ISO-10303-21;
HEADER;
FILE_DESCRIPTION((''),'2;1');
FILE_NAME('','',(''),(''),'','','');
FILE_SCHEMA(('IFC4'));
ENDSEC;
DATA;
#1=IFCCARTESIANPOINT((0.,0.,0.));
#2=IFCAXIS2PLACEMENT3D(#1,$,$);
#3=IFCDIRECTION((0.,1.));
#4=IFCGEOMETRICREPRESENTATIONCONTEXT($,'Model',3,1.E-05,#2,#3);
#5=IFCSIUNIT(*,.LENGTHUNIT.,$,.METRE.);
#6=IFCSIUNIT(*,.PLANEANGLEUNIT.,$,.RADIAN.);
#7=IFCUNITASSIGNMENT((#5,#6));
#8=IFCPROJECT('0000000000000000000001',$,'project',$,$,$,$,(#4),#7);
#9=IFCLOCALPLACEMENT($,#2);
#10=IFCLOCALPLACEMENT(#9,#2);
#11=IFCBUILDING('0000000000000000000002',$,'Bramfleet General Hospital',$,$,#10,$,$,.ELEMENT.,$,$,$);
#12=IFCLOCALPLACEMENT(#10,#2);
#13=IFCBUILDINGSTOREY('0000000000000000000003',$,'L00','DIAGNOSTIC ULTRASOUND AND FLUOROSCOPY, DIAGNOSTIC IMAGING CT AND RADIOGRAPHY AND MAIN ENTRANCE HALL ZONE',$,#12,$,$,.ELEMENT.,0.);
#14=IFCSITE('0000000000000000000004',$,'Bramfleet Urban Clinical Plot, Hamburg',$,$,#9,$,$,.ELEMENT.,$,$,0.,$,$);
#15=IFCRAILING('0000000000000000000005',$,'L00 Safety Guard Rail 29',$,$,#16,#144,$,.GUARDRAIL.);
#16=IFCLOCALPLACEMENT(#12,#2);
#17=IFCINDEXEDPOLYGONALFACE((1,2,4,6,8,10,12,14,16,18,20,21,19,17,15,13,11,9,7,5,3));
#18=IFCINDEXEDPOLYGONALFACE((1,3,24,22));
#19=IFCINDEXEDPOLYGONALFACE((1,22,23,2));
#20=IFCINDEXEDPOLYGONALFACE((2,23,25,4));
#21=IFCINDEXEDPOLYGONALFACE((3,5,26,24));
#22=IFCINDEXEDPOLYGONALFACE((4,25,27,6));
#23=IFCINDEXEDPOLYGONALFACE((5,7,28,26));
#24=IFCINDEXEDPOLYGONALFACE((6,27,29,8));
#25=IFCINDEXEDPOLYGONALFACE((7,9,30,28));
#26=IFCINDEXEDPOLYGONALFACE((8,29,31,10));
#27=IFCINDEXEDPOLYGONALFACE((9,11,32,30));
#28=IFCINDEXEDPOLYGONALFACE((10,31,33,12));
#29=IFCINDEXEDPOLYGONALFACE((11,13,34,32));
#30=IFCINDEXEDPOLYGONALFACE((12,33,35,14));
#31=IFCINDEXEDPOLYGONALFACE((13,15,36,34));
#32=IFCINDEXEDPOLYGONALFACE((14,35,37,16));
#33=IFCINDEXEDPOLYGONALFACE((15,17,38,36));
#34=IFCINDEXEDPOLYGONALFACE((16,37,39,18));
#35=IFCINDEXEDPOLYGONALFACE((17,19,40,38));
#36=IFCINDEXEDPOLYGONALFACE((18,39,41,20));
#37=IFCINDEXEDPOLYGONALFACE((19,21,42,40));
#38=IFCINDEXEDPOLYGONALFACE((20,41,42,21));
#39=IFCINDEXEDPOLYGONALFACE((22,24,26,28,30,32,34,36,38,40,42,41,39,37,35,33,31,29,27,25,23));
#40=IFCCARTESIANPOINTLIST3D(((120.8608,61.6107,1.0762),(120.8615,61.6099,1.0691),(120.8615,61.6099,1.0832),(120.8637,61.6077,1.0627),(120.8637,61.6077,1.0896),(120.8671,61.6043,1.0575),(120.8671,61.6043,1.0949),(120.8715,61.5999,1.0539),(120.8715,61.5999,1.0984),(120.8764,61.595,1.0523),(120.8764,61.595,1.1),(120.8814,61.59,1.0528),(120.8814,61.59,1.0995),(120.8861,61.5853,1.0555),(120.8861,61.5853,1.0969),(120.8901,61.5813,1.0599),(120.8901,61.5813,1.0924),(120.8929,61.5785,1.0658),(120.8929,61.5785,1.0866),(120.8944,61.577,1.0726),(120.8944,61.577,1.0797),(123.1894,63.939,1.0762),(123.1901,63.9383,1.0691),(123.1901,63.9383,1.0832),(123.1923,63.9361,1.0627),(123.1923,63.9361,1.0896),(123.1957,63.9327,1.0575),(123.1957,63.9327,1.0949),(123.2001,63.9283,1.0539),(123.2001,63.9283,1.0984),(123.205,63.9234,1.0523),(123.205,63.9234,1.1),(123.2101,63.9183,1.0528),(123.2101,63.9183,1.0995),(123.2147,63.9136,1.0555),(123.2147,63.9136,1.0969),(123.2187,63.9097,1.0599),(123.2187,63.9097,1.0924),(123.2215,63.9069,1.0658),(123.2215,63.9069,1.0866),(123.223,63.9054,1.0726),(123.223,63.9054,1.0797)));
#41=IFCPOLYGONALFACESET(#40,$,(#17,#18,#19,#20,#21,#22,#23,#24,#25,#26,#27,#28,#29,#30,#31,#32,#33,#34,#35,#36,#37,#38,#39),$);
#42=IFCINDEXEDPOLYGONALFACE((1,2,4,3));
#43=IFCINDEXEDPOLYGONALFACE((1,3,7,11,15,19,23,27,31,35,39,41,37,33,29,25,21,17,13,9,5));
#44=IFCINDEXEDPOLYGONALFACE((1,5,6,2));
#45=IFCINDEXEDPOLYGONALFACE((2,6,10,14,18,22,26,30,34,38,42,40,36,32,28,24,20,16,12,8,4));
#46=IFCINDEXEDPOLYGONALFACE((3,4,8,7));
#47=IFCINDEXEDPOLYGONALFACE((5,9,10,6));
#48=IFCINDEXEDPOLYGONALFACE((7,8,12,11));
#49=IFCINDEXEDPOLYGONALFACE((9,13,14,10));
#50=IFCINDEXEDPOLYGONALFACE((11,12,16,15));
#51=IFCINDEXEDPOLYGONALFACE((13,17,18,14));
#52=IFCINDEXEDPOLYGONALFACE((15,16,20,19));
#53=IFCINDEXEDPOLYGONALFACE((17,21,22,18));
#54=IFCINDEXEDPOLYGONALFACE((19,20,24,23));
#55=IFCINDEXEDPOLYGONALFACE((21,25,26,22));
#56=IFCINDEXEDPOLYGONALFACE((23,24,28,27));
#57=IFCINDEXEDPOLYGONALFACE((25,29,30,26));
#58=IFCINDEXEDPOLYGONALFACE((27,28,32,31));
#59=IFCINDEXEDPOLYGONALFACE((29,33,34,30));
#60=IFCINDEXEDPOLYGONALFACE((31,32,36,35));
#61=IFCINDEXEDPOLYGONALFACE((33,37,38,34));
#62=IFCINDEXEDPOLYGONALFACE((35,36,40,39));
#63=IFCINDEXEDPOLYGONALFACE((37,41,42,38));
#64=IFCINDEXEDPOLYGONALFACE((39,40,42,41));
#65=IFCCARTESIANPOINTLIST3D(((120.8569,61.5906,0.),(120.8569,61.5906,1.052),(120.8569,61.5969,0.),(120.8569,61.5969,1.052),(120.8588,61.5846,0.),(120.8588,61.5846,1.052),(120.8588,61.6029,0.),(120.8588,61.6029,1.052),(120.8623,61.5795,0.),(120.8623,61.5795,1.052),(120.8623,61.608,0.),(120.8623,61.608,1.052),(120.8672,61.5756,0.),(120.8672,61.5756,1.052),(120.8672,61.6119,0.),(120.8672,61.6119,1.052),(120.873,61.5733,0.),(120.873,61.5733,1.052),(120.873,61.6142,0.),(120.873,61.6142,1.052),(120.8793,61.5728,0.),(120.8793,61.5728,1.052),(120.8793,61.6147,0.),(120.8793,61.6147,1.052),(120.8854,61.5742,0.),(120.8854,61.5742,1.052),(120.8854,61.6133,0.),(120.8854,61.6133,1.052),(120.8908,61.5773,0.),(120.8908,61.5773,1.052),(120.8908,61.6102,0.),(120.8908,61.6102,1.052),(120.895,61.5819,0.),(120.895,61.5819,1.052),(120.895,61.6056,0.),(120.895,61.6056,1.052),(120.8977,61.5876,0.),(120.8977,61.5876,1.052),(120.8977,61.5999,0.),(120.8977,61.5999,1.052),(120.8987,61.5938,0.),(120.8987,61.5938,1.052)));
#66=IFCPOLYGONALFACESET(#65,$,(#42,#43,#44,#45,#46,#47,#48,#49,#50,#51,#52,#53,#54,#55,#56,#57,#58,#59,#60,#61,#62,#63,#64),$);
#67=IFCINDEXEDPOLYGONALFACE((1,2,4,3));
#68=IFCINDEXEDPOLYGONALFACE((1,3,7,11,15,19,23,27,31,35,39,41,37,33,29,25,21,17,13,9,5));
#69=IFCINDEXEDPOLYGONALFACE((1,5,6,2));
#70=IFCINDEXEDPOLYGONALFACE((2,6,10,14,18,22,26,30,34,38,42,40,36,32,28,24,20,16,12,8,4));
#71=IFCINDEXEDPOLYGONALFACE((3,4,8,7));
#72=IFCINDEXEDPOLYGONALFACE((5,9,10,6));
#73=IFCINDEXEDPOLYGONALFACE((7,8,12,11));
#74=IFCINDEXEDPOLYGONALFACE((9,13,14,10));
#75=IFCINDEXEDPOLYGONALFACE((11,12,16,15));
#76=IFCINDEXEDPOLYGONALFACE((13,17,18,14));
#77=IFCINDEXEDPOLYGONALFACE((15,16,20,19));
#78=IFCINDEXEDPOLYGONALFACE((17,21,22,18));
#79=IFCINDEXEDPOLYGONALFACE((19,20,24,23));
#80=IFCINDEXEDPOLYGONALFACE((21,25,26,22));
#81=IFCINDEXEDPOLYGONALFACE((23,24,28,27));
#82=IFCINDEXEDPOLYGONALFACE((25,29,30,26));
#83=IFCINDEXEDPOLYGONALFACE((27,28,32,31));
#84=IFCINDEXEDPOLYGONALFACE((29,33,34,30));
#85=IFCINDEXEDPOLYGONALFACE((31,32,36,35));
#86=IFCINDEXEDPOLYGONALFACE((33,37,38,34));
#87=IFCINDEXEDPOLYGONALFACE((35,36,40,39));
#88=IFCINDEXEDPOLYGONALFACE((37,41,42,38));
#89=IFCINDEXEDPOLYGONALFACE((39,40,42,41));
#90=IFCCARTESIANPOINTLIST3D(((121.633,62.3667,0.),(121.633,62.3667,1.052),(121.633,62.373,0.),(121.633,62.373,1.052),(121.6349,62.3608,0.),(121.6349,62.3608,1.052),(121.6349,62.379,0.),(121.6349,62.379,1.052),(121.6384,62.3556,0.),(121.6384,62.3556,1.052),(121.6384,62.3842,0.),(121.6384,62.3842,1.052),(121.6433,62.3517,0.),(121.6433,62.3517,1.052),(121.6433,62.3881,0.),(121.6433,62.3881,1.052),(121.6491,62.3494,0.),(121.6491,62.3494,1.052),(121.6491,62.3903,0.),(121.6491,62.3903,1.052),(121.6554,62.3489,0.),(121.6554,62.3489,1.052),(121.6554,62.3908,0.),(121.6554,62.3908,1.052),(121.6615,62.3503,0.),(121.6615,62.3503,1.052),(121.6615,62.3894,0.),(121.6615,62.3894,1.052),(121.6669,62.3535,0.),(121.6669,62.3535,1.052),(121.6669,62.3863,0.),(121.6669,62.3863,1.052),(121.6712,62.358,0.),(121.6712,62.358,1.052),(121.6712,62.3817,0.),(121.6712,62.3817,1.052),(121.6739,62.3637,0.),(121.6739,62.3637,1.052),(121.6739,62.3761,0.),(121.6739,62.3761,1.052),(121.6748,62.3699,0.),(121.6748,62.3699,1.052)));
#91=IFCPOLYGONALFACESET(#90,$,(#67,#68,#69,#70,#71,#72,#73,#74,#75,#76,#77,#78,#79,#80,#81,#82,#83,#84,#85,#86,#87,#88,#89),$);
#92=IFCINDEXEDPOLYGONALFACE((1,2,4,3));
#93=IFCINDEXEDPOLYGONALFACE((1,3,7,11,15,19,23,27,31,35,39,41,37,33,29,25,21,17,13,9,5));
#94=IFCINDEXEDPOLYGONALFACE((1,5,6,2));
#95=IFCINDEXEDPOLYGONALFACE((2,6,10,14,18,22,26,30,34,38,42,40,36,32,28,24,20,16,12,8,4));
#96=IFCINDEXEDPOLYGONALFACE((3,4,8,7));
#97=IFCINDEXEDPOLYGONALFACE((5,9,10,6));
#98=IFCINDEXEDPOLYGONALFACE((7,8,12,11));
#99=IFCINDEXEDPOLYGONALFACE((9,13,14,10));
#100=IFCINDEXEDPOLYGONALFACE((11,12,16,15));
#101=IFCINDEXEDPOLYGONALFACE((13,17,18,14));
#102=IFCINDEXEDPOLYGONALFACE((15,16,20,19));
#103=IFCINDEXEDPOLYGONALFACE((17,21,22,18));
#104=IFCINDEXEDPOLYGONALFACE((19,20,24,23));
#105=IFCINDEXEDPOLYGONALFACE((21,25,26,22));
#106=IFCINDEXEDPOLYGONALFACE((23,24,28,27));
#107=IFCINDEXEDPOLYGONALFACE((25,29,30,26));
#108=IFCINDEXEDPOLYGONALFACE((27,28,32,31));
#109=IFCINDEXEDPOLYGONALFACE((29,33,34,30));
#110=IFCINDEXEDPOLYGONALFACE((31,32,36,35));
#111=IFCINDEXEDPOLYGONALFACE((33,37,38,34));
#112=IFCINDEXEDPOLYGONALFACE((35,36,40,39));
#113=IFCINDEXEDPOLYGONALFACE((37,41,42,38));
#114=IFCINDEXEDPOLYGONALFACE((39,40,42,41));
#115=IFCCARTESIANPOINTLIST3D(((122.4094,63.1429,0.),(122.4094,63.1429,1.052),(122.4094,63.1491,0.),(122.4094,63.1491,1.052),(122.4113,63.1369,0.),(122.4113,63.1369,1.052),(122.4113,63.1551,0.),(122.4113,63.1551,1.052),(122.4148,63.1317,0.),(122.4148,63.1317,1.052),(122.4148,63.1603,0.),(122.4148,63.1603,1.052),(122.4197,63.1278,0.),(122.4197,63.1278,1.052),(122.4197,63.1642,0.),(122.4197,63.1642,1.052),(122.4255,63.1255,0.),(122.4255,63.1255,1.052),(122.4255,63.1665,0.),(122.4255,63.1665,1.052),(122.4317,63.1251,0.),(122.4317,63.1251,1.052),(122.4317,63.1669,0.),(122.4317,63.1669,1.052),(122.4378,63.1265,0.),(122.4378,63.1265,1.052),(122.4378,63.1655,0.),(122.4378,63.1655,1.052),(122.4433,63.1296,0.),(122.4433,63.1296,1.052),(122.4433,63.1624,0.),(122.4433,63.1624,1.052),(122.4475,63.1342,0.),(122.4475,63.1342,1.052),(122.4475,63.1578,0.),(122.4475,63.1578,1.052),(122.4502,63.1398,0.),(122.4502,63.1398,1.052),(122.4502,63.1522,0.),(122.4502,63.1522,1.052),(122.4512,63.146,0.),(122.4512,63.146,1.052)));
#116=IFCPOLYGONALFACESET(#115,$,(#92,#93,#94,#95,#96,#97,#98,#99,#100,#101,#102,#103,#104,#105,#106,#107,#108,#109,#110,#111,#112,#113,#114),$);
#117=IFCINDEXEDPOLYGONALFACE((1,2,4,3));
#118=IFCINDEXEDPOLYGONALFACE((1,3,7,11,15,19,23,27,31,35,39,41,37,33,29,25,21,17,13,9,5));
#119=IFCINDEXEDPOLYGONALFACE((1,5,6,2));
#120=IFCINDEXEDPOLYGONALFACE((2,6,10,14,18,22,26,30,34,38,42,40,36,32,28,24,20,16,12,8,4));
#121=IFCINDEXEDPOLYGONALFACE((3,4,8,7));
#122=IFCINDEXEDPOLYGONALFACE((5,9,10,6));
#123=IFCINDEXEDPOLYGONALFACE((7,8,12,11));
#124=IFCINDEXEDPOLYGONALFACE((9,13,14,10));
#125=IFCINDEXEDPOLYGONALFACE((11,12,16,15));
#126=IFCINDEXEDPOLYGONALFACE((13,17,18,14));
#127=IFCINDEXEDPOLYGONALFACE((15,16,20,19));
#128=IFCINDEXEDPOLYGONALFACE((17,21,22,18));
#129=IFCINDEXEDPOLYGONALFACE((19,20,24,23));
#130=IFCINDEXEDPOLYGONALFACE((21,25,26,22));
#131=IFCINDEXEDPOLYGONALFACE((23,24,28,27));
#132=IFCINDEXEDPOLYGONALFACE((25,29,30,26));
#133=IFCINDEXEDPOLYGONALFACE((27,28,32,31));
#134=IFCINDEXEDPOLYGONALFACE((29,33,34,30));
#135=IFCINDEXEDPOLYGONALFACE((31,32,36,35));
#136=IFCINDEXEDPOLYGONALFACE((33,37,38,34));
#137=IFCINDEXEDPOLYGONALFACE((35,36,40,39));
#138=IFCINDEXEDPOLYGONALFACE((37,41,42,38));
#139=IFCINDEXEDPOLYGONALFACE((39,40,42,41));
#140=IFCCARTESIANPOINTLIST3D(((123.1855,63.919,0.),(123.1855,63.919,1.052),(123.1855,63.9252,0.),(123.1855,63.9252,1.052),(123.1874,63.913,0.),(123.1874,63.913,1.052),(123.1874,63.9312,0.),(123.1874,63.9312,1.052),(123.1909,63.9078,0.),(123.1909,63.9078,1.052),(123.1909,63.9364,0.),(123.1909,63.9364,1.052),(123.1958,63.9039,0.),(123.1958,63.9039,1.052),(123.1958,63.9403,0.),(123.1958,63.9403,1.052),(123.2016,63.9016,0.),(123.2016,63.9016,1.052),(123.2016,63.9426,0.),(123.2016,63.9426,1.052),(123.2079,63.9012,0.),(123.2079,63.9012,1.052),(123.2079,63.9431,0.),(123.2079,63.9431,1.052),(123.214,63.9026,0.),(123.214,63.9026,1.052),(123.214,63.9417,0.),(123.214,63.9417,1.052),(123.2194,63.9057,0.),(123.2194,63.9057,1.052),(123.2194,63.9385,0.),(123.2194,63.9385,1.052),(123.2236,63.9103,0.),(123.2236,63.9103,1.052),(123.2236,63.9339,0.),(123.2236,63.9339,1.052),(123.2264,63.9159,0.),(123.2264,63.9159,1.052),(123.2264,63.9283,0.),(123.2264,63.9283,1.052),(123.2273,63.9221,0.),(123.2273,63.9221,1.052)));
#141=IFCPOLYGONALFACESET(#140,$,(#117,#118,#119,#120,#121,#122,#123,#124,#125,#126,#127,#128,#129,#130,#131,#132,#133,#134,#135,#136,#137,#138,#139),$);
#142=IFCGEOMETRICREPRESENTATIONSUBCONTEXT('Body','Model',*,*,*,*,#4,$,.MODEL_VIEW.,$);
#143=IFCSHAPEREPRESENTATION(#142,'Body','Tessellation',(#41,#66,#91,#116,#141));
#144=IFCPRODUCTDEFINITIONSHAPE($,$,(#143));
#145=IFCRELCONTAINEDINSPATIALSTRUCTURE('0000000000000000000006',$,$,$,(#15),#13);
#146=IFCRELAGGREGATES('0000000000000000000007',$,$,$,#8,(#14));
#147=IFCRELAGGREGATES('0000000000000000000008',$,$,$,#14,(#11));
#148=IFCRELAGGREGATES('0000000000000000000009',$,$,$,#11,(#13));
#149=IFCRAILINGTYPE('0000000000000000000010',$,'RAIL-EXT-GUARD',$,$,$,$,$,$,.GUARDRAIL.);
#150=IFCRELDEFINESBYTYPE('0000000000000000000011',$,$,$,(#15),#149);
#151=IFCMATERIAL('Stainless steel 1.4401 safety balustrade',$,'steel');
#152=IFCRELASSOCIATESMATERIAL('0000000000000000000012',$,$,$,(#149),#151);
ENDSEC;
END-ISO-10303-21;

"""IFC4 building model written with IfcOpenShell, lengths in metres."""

from ifc_helpers import new_model, si_unit, direction, frame, origin, origin_2d, place, context, subcontext, project, spatial, circle, extrude, material, type_object, element, save


model = new_model("IFC4")

# Units and contexts
model_context = context("Model", 3, precision=1e-05, world=origin(), true_north=direction((0.0, 1.0)))
body_context = subcontext(model_context, "Body", "Model", "MODEL_VIEW")
ifc_project = project(units=[si_unit("LENGTHUNIT", "METRE"), si_unit("PLANEANGLEUNIT", "RADIAN")], contexts=[model_context])

# Site, building, storey
site_placement = place(None, origin())
site = spatial("IfcSite", under=ifc_project, at=site_placement, Name="Bramfleet Urban Clinical Plot, Hamburg", CompositionType="ELEMENT", RefElevation=0.0)
building_placement = place(site_placement, origin())
building = spatial("IfcBuilding", under=site, at=building_placement, Name="Bramfleet General Hospital", CompositionType="ELEMENT")
storey_placement = place(building_placement, origin())
storey = spatial("IfcBuildingStorey", under=building, at=storey_placement, Name="L00", Description="DIAGNOSTIC ULTRASOUND AND FLUOROSCOPY, DIAGNOSTIC IMAGING CT AND RADIOGRAPHY AND MAIN ENTRANCE HALL ZONE", CompositionType="ELEMENT", Elevation=0.0)

# Railing
ifc_material_1 = material(Name="Stainless steel 1.4401 safety balustrade", Category="steel")
railing_type = type_object("IfcRailingType", Name="RAIL-EXT-GUARD", PredefinedType="GUARDRAIL", material=ifc_material_1)
railing_1_placement = place(storey_placement, frame((120.8777, 61.5938, 0.0)))
element("IfcRailing", 1, at=railing_1_placement, inside=storey, type_object=railing_type, Name="L00 Safety Guard Rail 29", PredefinedType="GUARDRAIL", context=body_context, shape_type="SweptSolid", body=[
    extrude(circle(Radius=0.0239, at=origin_2d()), frame((0.0, 0.0, 1.0762), z_axis=(0.707144, 0.70707, 0.0), x_axis=(-0.70707, 0.707144, 0.0)), (0.0, 0.0, 1.0), 3.293),
    extrude(circle(Radius=0.021, at=origin_2d()), origin(), (0.0, 0.0, 1.0), 1.052),
    extrude(circle(Radius=0.021, at=origin_2d()), frame((0.7761, 0.7761, 0.0)), (0.0, 0.0, 1.0), 1.052),
    extrude(circle(Radius=0.021, at=origin_2d()), frame((1.5525, 1.5522, 0.0)), (0.0, 0.0, 1.0), 1.052),
    extrude(circle(Radius=0.021, at=origin_2d()), frame((2.3286, 2.3284, 0.0)), (0.0, 0.0, 1.0), 1.052),
])

save(model, "model.ifc")
